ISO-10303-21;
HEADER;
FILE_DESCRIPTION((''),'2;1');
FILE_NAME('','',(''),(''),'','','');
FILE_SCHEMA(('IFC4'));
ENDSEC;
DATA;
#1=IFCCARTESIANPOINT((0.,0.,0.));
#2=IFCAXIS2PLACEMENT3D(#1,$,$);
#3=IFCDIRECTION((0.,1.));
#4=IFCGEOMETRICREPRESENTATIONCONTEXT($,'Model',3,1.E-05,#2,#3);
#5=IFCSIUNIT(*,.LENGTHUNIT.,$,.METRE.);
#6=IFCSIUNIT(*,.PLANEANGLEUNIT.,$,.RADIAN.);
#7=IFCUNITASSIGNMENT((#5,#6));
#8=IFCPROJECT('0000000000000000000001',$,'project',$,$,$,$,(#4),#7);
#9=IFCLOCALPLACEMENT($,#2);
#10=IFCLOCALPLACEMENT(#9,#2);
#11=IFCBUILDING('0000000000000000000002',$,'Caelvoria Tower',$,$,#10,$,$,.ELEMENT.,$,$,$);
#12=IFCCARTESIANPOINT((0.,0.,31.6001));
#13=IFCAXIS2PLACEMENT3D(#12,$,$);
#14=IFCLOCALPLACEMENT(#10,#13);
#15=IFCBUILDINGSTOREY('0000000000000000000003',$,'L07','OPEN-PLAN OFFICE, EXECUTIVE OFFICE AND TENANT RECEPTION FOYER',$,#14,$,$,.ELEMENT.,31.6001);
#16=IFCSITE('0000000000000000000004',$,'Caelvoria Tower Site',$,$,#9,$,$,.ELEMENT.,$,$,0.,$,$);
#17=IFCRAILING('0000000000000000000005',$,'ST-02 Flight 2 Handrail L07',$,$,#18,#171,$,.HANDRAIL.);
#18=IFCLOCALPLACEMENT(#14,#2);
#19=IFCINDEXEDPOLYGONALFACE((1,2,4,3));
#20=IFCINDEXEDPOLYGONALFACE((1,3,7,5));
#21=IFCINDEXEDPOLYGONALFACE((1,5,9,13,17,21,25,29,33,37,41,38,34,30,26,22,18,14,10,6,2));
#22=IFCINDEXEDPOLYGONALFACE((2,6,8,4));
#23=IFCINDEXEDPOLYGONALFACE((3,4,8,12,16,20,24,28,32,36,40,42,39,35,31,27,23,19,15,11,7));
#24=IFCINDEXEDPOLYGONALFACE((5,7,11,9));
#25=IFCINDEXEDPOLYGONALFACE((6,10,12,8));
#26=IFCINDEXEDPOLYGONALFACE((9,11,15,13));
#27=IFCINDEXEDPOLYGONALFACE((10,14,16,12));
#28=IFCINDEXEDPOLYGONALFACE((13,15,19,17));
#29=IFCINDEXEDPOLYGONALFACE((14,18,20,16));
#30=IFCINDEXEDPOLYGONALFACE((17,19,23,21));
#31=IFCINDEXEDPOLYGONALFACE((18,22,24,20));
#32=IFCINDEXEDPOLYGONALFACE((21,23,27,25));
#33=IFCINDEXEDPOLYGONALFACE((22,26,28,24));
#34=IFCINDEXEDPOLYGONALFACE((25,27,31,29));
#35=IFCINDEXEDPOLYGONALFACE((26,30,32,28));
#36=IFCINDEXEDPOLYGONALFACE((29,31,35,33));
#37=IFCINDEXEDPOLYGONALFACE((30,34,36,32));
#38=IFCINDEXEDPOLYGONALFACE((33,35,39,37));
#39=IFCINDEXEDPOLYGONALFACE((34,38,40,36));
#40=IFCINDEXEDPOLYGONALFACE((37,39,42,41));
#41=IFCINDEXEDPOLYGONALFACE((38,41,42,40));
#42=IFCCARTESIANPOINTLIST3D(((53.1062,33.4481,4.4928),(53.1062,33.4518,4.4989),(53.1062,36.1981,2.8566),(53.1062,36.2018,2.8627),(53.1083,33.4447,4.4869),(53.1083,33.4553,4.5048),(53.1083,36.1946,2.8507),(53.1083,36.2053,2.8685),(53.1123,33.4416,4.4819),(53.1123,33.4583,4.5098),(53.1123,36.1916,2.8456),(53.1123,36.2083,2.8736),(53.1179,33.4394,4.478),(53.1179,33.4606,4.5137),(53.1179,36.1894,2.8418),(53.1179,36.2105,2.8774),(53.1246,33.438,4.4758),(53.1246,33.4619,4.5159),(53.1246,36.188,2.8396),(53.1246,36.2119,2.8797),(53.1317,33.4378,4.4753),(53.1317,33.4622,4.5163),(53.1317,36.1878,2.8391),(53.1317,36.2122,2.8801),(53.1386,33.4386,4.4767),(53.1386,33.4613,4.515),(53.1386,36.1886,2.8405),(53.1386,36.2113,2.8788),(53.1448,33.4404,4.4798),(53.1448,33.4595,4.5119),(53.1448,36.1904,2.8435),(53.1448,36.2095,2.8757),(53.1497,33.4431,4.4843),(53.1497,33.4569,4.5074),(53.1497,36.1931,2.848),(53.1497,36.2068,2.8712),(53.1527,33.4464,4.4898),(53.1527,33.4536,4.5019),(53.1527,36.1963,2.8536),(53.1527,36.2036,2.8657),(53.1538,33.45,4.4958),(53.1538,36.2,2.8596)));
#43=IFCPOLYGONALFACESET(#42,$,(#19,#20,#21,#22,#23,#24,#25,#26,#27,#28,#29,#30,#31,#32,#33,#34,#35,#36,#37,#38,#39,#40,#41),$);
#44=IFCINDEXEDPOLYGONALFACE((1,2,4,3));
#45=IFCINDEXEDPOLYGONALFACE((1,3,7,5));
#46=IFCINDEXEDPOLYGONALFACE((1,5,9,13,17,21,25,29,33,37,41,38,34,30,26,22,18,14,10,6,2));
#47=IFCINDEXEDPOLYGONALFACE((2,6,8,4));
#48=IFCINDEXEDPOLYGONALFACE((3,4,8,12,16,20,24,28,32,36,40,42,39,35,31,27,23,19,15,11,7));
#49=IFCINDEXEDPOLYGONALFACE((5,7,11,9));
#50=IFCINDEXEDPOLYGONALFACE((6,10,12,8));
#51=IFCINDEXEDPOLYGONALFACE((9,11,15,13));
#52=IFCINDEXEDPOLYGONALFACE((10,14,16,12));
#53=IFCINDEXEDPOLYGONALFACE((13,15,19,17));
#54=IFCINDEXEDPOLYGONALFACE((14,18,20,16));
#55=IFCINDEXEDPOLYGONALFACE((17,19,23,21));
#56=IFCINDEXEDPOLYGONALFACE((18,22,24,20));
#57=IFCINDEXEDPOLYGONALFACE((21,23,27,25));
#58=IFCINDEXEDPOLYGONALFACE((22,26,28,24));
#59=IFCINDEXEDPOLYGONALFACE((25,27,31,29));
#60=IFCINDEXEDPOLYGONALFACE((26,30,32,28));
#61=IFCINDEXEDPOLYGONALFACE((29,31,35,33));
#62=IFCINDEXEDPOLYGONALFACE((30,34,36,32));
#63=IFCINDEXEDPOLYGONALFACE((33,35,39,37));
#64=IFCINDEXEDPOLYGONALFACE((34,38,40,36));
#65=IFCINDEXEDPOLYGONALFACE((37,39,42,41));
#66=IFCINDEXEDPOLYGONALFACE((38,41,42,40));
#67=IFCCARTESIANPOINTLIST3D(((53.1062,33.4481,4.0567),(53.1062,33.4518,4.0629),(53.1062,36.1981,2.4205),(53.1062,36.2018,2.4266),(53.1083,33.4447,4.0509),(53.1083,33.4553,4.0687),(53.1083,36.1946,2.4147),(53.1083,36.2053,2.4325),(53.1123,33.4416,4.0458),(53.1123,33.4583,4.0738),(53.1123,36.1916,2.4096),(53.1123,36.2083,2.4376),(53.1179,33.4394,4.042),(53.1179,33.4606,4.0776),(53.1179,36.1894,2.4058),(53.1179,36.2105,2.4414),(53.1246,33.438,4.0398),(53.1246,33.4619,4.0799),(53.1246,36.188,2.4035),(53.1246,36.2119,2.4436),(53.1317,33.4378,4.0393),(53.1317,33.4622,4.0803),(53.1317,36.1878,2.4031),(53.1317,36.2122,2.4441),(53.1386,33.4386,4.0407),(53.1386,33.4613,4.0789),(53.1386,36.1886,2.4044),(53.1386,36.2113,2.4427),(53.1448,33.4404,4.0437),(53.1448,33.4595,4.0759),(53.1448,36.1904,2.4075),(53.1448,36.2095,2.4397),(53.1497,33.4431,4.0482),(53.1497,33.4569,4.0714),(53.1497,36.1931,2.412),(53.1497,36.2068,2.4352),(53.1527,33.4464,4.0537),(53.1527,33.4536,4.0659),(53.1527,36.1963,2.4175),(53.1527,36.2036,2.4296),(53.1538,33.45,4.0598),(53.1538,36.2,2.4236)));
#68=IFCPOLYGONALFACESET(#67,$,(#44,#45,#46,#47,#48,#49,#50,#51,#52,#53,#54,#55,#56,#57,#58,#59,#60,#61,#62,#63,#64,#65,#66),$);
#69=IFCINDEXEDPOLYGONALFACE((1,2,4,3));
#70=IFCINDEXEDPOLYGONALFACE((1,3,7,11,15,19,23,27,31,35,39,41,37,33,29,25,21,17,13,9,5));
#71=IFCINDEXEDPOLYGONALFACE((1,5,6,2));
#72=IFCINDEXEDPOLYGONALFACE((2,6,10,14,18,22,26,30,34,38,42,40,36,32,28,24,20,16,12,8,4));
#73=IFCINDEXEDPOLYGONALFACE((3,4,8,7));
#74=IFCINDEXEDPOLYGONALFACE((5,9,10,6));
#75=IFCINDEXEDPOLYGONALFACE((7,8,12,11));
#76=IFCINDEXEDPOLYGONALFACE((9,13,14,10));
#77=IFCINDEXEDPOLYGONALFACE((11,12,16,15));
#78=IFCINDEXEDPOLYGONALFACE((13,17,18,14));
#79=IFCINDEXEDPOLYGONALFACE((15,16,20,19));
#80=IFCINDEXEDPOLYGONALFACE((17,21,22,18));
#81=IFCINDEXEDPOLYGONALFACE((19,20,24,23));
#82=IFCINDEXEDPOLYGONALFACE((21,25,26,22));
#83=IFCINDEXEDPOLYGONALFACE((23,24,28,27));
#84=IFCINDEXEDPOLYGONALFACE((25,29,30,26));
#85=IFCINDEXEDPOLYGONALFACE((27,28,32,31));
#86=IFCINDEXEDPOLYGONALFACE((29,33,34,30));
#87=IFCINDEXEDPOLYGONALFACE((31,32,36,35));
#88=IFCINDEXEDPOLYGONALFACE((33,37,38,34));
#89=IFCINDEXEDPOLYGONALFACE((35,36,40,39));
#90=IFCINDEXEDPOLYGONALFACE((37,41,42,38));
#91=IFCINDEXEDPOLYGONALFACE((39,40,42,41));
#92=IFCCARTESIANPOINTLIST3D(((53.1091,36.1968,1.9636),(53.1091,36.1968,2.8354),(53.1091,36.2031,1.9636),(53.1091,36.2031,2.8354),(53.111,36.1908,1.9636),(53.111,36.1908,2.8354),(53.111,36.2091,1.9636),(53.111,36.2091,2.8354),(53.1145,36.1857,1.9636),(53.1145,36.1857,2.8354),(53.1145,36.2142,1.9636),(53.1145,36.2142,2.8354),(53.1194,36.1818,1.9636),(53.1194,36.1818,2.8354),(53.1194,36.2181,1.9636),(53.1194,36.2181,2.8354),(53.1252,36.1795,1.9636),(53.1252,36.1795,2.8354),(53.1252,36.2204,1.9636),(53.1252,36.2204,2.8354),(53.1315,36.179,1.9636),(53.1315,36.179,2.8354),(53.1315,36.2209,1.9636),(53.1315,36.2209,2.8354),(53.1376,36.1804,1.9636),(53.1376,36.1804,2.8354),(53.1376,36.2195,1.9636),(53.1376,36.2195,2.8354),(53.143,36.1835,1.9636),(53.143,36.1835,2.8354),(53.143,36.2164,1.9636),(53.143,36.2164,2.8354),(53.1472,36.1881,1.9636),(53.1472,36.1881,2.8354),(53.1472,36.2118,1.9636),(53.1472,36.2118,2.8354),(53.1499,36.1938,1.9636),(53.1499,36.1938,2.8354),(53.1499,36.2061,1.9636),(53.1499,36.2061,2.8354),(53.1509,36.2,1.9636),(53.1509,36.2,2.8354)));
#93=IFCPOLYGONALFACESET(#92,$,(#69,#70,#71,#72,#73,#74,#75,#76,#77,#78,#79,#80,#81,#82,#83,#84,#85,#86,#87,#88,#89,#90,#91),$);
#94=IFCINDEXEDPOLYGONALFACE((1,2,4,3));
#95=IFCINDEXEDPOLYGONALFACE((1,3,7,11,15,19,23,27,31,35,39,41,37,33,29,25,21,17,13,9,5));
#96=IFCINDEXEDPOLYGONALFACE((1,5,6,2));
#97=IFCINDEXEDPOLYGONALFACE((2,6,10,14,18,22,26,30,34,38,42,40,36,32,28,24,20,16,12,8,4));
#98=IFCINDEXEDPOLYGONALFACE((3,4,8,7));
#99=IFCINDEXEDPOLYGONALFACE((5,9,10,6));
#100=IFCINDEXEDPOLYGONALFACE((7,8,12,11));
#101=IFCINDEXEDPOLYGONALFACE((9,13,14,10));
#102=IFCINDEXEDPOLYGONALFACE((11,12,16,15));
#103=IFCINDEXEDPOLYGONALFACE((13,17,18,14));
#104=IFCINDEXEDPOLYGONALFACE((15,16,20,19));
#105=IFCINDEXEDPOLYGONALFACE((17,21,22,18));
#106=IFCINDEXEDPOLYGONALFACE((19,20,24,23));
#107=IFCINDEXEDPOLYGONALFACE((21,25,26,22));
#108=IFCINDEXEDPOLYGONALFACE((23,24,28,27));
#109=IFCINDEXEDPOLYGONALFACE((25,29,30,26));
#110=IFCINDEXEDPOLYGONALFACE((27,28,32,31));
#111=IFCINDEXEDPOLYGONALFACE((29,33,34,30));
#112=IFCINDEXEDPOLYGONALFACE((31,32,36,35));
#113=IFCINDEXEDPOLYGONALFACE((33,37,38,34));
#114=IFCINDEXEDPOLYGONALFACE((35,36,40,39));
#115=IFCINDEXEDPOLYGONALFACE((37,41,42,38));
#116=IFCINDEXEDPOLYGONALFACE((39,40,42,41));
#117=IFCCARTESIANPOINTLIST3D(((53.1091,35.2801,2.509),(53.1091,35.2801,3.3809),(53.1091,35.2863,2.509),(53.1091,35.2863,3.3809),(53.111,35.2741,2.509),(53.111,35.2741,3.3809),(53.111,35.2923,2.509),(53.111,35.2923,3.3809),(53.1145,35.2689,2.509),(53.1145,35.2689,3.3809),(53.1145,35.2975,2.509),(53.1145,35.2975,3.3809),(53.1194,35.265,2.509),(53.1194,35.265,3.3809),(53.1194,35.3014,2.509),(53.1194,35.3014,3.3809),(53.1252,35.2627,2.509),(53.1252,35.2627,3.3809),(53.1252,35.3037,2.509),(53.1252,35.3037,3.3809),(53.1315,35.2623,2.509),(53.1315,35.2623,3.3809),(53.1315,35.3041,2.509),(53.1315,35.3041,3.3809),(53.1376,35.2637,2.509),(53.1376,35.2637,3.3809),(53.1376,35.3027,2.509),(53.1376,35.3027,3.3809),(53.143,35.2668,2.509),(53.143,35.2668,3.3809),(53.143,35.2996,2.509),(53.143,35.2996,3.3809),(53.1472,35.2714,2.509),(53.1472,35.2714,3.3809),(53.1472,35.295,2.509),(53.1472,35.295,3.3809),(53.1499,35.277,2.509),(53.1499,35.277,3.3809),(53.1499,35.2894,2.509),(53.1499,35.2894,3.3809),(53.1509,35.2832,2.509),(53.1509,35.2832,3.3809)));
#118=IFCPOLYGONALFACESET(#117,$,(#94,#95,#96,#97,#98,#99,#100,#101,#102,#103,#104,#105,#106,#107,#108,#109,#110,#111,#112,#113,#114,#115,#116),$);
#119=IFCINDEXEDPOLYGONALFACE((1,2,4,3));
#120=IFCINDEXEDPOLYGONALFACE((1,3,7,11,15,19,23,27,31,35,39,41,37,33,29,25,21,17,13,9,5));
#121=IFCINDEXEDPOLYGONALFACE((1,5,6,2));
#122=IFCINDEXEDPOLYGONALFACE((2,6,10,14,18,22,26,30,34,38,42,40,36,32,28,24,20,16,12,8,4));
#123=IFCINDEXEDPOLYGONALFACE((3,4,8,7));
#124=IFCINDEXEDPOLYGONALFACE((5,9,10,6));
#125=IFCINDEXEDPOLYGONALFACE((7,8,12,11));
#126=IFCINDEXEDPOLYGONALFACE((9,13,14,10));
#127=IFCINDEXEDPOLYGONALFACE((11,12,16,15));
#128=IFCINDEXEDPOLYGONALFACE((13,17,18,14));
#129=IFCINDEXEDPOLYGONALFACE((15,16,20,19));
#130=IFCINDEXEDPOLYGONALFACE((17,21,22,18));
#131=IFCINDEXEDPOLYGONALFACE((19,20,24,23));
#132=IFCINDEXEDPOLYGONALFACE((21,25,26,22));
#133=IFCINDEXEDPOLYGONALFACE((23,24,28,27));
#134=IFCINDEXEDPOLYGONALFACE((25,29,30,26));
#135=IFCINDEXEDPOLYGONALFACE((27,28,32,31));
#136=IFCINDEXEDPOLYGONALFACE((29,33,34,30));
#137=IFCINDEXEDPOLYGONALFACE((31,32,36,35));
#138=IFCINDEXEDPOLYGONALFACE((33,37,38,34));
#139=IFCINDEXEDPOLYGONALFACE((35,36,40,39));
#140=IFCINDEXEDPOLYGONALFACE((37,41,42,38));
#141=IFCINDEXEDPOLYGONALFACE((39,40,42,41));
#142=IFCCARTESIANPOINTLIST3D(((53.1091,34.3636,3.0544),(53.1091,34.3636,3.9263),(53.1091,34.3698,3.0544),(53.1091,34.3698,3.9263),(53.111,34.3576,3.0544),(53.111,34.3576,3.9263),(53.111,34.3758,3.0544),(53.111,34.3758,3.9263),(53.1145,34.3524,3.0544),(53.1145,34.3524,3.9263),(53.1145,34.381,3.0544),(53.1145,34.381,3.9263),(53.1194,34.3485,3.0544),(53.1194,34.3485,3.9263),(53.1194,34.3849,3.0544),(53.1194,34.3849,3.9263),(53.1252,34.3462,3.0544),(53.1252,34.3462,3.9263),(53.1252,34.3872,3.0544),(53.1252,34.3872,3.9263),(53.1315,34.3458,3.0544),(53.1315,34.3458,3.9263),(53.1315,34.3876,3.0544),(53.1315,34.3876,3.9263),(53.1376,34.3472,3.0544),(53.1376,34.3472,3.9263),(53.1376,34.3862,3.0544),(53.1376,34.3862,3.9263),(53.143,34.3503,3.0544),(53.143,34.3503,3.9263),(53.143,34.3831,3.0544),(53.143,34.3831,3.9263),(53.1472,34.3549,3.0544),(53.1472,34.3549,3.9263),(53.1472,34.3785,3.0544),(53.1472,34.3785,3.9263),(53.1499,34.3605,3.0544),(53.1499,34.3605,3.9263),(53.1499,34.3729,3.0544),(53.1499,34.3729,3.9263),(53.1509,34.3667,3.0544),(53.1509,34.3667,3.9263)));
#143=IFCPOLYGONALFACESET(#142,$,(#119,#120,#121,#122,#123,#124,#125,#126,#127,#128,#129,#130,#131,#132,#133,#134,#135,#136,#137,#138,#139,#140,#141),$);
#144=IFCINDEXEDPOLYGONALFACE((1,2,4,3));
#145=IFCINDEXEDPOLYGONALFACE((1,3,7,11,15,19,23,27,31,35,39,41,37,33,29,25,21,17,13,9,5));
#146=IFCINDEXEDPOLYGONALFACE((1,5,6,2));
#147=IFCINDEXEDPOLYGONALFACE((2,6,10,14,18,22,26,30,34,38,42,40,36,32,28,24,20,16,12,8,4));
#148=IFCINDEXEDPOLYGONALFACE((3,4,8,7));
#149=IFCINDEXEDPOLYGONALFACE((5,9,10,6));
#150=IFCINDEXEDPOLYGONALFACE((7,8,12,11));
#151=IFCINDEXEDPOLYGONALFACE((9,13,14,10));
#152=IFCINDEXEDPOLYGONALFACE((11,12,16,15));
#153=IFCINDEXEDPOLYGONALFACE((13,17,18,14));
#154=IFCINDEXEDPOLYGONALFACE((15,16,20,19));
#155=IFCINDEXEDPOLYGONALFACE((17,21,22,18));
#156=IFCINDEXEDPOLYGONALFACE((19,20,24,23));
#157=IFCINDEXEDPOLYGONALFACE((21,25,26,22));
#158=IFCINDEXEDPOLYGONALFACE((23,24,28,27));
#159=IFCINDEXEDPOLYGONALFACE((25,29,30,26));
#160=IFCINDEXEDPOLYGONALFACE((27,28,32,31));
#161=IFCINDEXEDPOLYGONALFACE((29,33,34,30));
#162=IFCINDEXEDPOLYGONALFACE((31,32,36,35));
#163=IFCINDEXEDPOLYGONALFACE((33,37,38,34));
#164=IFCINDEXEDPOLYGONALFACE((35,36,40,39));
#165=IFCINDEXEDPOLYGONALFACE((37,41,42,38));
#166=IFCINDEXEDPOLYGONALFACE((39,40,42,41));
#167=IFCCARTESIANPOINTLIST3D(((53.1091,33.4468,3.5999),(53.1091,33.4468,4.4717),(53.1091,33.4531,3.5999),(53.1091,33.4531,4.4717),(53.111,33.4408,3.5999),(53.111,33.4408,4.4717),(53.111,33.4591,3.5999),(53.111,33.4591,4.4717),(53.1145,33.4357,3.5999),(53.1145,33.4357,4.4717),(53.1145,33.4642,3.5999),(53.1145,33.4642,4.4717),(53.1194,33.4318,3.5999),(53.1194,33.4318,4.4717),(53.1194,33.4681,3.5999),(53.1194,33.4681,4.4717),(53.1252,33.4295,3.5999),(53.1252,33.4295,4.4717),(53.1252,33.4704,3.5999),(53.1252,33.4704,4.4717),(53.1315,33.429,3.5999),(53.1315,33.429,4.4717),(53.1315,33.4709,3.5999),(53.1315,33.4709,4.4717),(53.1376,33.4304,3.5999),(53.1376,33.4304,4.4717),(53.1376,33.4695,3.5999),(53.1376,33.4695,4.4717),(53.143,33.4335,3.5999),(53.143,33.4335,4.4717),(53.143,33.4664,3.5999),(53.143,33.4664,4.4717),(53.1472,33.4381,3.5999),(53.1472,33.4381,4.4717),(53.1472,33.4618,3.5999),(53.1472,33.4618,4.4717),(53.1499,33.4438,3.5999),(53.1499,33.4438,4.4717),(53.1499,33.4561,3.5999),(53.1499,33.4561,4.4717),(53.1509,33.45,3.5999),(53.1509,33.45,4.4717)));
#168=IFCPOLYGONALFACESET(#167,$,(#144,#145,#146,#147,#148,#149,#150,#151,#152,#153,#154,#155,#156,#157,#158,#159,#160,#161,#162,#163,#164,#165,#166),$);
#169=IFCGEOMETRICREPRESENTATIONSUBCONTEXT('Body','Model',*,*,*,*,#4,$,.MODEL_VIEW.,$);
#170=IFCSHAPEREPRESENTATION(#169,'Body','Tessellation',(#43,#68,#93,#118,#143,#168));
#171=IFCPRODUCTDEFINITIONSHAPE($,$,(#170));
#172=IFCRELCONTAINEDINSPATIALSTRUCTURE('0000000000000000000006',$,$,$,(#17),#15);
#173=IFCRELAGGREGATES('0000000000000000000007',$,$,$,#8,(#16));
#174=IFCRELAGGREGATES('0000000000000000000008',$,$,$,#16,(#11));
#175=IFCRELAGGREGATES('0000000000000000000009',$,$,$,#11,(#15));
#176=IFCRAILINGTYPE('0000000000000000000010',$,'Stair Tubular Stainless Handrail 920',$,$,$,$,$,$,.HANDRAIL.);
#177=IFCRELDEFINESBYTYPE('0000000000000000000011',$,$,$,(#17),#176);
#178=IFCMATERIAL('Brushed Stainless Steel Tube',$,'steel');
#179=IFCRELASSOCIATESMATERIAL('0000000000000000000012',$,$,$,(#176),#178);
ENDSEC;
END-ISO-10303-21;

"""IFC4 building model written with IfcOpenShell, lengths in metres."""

from ifc_helpers import new_model, si_unit, direction, frame, origin, origin_2d, place, context, subcontext, project, spatial, circle, extrude, material, type_object, element, save


model = new_model("IFC4")

# Units and contexts
model_context = context("Model", 3, precision=1e-05, world=origin(), true_north=direction((0.0, 1.0)))
body_context = subcontext(model_context, "Body", "Model", "MODEL_VIEW")
ifc_project = project(units=[si_unit("LENGTHUNIT", "METRE"), si_unit("PLANEANGLEUNIT", "RADIAN")], contexts=[model_context])

# Site, building, storey
site_placement = place(None, origin())
site = spatial("IfcSite", under=ifc_project, at=site_placement, Name="Caelvoria Tower Site", CompositionType="ELEMENT", RefElevation=0.0)
building_placement = place(site_placement, origin())
building = spatial("IfcBuilding", under=site, at=building_placement, Name="Caelvoria Tower", CompositionType="ELEMENT")
storey_placement = place(building_placement, frame((0.0, 0.0, 31.6001)))
storey = spatial("IfcBuildingStorey", under=building, at=storey_placement, Name="L07", Description="OPEN-PLAN OFFICE, EXECUTIVE OFFICE AND TENANT RECEPTION FOYER", CompositionType="ELEMENT", Elevation=31.6001)

# Railing
ifc_material_1 = material(Name="Brushed Stainless Steel Tube", Category="steel")
railing_type_1 = type_object("IfcRailingType", Name="Stair Tubular Stainless Handrail 920", PredefinedType="HANDRAIL", material=ifc_material_1)
railing_1_placement = place(storey_placement, frame((53.1299, 36.2, 1.9636)))
element("IfcRailing", 1, at=railing_1_placement, inside=storey, type_object=railing_type_1, Name="ST-02 Flight 2 Handrail L07", PredefinedType="HANDRAIL", context=body_context, shape_type="SweptSolid", body=[
    extrude(circle(Radius=0.0239, at=origin_2d()), frame((0.0, 0.0, 0.896), z_axis=(0.0, -0.859385, 0.511328), x_axis=(1.0, 0.0, 0.0)), (0.0, 0.0, 1.0), 3.2),
    extrude(circle(Radius=0.0239, at=origin_2d()), frame((0.0, 0.0, 0.46), z_axis=(0.0, -0.859385, 0.511328), x_axis=(1.0, 0.0, 0.0)), (0.0, 0.0, 1.0), 3.2),
    extrude(circle(Radius=0.021, at=origin_2d()), origin(), (0.0, 0.0, 1.0), 0.8718),
    extrude(circle(Radius=0.021, at=origin_2d()), frame((0.0, -0.9167, 0.5454)), (0.0, 0.0, 1.0), 0.8718),
    extrude(circle(Radius=0.021, at=origin_2d()), frame((0.0, -1.8333, 1.0908)), (0.0, 0.0, 1.0), 0.8718),
    extrude(circle(Radius=0.021, at=origin_2d()), frame((0.0, -2.75, 1.6362)), (0.0, 0.0, 1.0), 0.8718),
])

save(model, "model.ifc")
